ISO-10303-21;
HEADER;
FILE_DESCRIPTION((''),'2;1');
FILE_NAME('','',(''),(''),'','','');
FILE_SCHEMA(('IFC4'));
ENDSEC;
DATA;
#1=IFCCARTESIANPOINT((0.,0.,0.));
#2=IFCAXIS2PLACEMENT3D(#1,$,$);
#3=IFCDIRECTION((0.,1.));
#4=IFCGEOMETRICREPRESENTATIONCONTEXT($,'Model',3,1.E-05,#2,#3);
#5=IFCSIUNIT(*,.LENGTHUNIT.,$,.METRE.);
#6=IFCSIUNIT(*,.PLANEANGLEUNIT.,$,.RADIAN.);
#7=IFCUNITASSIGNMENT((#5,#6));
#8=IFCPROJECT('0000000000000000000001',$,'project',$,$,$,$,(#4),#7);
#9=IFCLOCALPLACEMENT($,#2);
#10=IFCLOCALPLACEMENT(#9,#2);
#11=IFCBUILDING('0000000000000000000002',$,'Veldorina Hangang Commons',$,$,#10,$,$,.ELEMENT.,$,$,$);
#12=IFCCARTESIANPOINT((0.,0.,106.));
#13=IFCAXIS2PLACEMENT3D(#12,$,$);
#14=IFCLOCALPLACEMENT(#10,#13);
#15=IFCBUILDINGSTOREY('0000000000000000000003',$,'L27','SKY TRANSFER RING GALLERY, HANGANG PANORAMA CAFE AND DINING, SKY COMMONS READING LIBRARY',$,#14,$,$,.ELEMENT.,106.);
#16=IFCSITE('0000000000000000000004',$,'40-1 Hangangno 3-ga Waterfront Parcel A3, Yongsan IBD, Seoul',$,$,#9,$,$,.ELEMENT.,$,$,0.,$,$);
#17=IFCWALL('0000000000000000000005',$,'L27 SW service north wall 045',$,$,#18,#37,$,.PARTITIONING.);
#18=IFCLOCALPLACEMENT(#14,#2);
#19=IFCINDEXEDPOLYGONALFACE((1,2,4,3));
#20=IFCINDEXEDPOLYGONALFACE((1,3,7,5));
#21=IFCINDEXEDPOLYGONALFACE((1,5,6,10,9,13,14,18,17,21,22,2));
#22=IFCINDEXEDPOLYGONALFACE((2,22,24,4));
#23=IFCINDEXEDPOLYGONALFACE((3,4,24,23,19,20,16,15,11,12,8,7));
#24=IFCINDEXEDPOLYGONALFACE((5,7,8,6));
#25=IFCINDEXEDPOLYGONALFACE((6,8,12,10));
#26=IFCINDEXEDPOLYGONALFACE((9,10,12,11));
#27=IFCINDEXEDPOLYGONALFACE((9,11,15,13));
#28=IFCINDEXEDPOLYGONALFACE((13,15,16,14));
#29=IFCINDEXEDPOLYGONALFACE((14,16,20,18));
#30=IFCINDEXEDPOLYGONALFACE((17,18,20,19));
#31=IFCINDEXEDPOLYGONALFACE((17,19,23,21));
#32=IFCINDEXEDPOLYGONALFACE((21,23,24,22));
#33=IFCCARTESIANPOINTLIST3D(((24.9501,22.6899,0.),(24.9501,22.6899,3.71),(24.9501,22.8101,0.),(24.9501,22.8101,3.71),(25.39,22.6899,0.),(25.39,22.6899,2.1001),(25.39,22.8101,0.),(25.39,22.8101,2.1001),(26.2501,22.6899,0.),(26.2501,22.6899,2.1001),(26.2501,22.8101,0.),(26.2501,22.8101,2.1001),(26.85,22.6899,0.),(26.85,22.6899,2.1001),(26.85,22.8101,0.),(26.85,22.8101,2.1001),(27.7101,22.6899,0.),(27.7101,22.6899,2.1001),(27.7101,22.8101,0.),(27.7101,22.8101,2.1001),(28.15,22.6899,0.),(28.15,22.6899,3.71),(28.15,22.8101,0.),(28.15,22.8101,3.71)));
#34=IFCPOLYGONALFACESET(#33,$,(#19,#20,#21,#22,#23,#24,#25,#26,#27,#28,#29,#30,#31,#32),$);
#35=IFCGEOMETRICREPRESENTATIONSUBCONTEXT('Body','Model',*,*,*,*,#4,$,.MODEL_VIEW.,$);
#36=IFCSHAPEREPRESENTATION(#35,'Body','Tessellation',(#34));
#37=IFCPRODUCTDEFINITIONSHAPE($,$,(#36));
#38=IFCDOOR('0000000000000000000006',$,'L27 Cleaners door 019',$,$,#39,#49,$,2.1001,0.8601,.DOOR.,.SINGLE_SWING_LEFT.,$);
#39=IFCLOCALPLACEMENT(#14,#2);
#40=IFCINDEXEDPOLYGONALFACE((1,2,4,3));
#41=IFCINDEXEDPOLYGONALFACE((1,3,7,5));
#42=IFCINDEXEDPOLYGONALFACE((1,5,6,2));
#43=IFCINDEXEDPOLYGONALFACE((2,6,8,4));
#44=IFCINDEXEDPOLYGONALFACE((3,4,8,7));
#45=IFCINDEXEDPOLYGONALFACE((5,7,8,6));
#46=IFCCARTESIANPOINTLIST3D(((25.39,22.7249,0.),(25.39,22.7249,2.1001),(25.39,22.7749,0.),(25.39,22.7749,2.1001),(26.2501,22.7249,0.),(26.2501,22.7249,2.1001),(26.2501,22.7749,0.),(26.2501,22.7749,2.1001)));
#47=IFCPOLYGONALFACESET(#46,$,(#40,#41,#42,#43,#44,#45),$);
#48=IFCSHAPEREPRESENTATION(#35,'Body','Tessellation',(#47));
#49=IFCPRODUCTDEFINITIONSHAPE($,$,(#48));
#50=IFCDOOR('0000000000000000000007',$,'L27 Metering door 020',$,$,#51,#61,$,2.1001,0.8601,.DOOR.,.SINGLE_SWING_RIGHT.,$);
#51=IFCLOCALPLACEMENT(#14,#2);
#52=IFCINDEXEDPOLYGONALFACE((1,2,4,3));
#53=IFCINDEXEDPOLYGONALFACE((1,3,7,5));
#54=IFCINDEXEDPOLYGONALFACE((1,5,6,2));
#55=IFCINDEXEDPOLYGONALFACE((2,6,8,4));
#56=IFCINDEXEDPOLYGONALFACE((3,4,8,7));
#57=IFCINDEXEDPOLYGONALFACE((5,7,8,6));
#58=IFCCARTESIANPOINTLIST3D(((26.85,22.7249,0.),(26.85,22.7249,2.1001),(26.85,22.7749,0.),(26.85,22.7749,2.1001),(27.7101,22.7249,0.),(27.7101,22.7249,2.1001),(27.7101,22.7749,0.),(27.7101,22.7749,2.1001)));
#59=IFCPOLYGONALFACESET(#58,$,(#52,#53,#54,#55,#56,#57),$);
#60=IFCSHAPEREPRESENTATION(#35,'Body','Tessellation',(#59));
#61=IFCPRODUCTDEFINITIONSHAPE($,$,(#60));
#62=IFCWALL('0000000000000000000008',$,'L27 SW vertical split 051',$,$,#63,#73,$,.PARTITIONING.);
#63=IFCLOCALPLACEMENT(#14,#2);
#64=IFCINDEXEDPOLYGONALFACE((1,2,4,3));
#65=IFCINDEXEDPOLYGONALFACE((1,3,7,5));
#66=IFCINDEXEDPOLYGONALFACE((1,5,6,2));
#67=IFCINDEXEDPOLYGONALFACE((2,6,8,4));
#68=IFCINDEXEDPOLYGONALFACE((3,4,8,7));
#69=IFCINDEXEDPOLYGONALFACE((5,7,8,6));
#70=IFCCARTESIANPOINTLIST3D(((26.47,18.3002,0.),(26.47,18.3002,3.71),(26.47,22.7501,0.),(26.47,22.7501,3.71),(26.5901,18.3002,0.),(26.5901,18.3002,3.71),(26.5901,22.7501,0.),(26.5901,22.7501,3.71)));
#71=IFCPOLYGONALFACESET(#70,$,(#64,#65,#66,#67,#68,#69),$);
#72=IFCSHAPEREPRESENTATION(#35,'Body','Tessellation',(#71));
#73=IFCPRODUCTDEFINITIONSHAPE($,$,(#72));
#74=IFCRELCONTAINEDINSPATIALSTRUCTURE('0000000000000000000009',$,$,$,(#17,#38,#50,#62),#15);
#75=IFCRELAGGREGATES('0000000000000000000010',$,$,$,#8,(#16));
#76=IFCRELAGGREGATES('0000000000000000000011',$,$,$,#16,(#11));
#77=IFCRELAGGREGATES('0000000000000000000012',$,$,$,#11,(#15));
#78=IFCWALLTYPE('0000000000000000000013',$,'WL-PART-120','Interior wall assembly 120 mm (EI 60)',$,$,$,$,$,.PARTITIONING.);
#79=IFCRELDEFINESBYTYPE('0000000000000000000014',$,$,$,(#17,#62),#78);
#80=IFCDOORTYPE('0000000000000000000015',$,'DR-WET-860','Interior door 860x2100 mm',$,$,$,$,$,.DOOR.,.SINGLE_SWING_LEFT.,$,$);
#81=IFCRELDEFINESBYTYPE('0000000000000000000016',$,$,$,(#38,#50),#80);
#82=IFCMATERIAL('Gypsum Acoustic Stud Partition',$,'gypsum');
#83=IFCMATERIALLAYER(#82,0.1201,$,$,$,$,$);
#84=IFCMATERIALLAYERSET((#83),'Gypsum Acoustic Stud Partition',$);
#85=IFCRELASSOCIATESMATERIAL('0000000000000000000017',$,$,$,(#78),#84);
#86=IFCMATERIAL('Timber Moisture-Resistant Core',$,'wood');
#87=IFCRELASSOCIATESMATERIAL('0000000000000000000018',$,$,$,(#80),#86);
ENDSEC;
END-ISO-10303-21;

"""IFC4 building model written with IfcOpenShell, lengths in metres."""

from ifc_helpers import new_model, si_unit, direction, frame, frame_2d, origin, place, context, subcontext, project, spatial, rectangle, extrude, material, layer, layer_set, type_object, element, fill, save


model = new_model("IFC4")

# Units and contexts
model_context = context("Model", 3, precision=1e-05, world=origin(), true_north=direction((0.0, 1.0)))
body_context = subcontext(model_context, "Body", "Model", "MODEL_VIEW")
ifc_project = project(units=[si_unit("LENGTHUNIT", "METRE"), si_unit("PLANEANGLEUNIT", "RADIAN")], contexts=[model_context])

# Site, building, storey
site_placement = place(None, origin())
site = spatial("IfcSite", under=ifc_project, at=site_placement, Name="40-1 Hangangno 3-ga Waterfront Parcel A3, Yongsan IBD, Seoul", CompositionType="ELEMENT", RefElevation=0.0)
building_placement = place(site_placement, origin())
building = spatial("IfcBuilding", under=site, at=building_placement, Name="Veldorina Hangang Commons", CompositionType="ELEMENT")
storey_placement = place(building_placement, frame((0.0, 0.0, 106.0)))
storey = spatial("IfcBuildingStorey", under=building, at=storey_placement, Name="L27", Description="SKY TRANSFER RING GALLERY, HANGANG PANORAMA CAFE AND DINING, SKY COMMONS READING LIBRARY", CompositionType="ELEMENT", Elevation=106.0)

# Wall, openings, doors
ifc_material_1 = material(Name="Gypsum Acoustic Stud Partition", Category="gypsum")
ifc_layer_1 = layer(ifc_material_1, 0.1201)
ifc_layer_set_1 = layer_set([ifc_layer_1], Name="Gypsum Acoustic Stud Partition")
wall_type_1 = type_object("IfcWallType", Name="WL-PART-120", Description="Interior wall assembly 120 mm (EI 60)", PredefinedType="PARTITIONING", material=ifc_layer_set_1)
wall_1_placement = place(storey_placement, frame((24.95, 22.75, 0.0), z_axis=(0.0, 0.0, 1.0), x_axis=(1.0, 0.0, 0.0)))
wall_1 = element("IfcWall", 1, at=wall_1_placement, inside=storey, type_object=wall_type_1, Name="L27 SW service north wall 045", PredefinedType="PARTITIONING", context=body_context, shape_type="SweptSolid", body=[
    extrude(rectangle(XDim=3.2, YDim=0.1201, at=frame_2d((1.6001, 0.0))), origin(), (0.0, 0.0, 1.0), 3.71),
])
opening_1_placement = place(wall_1_placement, frame((0.4399, 0.0, 0.0)))
opening_1 = element("IfcOpeningElement", 2, at=opening_1_placement, cuts=wall_1, PredefinedType="OPENING", context=body_context, shape_type="SweptSolid", body=[
    extrude(rectangle(XDim=0.8601, YDim=2.1001, at=frame_2d((0.4302, 1.05))), frame((0.0, 0.0701, 0.0), z_axis=(0.0, -1.0, 0.0), x_axis=(1.0, 0.0, 0.0)), (0.0, 0.0, 1.0), 0.1401),
])
opening_2_placement = place(wall_1_placement, frame((1.8999, 0.0, 0.0)))
opening_2 = element("IfcOpeningElement", 3, at=opening_2_placement, cuts=wall_1, PredefinedType="OPENING", context=body_context, shape_type="SweptSolid", body=[
    extrude(rectangle(XDim=0.8601, YDim=2.1001, at=frame_2d((0.4302, 1.05))), frame((0.0, 0.0701, 0.0), z_axis=(0.0, -1.0, 0.0), x_axis=(1.0, 0.0, 0.0)), (0.0, 0.0, 1.0), 0.1401),
])
ifc_material_2 = material(Name="Timber Moisture-Resistant Core", Category="wood")
door_type_1 = type_object("IfcDoorType", Name="DR-WET-860", Description="Interior door 860x2100 mm", OperationType="SINGLE_SWING_LEFT", PredefinedType="DOOR", material=ifc_material_2)
door_1_placement = place(opening_1_placement, origin())
door_1 = element("IfcDoor", 4, at=door_1_placement, inside=storey, type_object=door_type_1, Name="L27 Cleaners door 019", OperationType="SINGLE_SWING_LEFT", OverallHeight=2.1001, OverallWidth=0.8601, PredefinedType="DOOR", context=body_context, shape_type="SweptSolid", body=[
    extrude(rectangle(XDim=0.8601, YDim=2.1001, at=frame_2d((0.4302, 1.05))), frame((0.0, 0.0249, 0.0), z_axis=(0.0, -1.0, 0.0), x_axis=(1.0, 0.0, 0.0)), (0.0, 0.0, 1.0), 0.05),
])
fill(opening_1, door_1)
door_2_placement = place(opening_2_placement, origin())
door_2 = element("IfcDoor", 5, at=door_2_placement, inside=storey, type_object=door_type_1, Name="L27 Metering door 020", OperationType="SINGLE_SWING_RIGHT", OverallHeight=2.1001, OverallWidth=0.8601, PredefinedType="DOOR", context=body_context, shape_type="SweptSolid", body=[
    extrude(rectangle(XDim=0.8601, YDim=2.1001, at=frame_2d((0.4302, 1.05))), frame((0.0, 0.0249, 0.0), z_axis=(0.0, -1.0, 0.0), x_axis=(1.0, 0.0, 0.0)), (0.0, 0.0, 1.0), 0.05),
])
fill(opening_2, door_2)

# Wall
wall_2_placement = place(storey_placement, frame((26.53, 18.3, 0.0), z_axis=(0.0, 0.0, 1.0), x_axis=(0.0, 1.0, 0.0)))
element("IfcWall", 6, at=wall_2_placement, inside=storey, type_object=wall_type_1, Name="L27 SW vertical split 051", PredefinedType="PARTITIONING", context=body_context, shape_type="SweptSolid", body=[
    extrude(rectangle(XDim=4.45, YDim=0.1201, at=frame_2d((2.2251, 0.0))), origin(), (0.0, 0.0, 1.0), 3.71),
])

save(model, "model.ifc")
